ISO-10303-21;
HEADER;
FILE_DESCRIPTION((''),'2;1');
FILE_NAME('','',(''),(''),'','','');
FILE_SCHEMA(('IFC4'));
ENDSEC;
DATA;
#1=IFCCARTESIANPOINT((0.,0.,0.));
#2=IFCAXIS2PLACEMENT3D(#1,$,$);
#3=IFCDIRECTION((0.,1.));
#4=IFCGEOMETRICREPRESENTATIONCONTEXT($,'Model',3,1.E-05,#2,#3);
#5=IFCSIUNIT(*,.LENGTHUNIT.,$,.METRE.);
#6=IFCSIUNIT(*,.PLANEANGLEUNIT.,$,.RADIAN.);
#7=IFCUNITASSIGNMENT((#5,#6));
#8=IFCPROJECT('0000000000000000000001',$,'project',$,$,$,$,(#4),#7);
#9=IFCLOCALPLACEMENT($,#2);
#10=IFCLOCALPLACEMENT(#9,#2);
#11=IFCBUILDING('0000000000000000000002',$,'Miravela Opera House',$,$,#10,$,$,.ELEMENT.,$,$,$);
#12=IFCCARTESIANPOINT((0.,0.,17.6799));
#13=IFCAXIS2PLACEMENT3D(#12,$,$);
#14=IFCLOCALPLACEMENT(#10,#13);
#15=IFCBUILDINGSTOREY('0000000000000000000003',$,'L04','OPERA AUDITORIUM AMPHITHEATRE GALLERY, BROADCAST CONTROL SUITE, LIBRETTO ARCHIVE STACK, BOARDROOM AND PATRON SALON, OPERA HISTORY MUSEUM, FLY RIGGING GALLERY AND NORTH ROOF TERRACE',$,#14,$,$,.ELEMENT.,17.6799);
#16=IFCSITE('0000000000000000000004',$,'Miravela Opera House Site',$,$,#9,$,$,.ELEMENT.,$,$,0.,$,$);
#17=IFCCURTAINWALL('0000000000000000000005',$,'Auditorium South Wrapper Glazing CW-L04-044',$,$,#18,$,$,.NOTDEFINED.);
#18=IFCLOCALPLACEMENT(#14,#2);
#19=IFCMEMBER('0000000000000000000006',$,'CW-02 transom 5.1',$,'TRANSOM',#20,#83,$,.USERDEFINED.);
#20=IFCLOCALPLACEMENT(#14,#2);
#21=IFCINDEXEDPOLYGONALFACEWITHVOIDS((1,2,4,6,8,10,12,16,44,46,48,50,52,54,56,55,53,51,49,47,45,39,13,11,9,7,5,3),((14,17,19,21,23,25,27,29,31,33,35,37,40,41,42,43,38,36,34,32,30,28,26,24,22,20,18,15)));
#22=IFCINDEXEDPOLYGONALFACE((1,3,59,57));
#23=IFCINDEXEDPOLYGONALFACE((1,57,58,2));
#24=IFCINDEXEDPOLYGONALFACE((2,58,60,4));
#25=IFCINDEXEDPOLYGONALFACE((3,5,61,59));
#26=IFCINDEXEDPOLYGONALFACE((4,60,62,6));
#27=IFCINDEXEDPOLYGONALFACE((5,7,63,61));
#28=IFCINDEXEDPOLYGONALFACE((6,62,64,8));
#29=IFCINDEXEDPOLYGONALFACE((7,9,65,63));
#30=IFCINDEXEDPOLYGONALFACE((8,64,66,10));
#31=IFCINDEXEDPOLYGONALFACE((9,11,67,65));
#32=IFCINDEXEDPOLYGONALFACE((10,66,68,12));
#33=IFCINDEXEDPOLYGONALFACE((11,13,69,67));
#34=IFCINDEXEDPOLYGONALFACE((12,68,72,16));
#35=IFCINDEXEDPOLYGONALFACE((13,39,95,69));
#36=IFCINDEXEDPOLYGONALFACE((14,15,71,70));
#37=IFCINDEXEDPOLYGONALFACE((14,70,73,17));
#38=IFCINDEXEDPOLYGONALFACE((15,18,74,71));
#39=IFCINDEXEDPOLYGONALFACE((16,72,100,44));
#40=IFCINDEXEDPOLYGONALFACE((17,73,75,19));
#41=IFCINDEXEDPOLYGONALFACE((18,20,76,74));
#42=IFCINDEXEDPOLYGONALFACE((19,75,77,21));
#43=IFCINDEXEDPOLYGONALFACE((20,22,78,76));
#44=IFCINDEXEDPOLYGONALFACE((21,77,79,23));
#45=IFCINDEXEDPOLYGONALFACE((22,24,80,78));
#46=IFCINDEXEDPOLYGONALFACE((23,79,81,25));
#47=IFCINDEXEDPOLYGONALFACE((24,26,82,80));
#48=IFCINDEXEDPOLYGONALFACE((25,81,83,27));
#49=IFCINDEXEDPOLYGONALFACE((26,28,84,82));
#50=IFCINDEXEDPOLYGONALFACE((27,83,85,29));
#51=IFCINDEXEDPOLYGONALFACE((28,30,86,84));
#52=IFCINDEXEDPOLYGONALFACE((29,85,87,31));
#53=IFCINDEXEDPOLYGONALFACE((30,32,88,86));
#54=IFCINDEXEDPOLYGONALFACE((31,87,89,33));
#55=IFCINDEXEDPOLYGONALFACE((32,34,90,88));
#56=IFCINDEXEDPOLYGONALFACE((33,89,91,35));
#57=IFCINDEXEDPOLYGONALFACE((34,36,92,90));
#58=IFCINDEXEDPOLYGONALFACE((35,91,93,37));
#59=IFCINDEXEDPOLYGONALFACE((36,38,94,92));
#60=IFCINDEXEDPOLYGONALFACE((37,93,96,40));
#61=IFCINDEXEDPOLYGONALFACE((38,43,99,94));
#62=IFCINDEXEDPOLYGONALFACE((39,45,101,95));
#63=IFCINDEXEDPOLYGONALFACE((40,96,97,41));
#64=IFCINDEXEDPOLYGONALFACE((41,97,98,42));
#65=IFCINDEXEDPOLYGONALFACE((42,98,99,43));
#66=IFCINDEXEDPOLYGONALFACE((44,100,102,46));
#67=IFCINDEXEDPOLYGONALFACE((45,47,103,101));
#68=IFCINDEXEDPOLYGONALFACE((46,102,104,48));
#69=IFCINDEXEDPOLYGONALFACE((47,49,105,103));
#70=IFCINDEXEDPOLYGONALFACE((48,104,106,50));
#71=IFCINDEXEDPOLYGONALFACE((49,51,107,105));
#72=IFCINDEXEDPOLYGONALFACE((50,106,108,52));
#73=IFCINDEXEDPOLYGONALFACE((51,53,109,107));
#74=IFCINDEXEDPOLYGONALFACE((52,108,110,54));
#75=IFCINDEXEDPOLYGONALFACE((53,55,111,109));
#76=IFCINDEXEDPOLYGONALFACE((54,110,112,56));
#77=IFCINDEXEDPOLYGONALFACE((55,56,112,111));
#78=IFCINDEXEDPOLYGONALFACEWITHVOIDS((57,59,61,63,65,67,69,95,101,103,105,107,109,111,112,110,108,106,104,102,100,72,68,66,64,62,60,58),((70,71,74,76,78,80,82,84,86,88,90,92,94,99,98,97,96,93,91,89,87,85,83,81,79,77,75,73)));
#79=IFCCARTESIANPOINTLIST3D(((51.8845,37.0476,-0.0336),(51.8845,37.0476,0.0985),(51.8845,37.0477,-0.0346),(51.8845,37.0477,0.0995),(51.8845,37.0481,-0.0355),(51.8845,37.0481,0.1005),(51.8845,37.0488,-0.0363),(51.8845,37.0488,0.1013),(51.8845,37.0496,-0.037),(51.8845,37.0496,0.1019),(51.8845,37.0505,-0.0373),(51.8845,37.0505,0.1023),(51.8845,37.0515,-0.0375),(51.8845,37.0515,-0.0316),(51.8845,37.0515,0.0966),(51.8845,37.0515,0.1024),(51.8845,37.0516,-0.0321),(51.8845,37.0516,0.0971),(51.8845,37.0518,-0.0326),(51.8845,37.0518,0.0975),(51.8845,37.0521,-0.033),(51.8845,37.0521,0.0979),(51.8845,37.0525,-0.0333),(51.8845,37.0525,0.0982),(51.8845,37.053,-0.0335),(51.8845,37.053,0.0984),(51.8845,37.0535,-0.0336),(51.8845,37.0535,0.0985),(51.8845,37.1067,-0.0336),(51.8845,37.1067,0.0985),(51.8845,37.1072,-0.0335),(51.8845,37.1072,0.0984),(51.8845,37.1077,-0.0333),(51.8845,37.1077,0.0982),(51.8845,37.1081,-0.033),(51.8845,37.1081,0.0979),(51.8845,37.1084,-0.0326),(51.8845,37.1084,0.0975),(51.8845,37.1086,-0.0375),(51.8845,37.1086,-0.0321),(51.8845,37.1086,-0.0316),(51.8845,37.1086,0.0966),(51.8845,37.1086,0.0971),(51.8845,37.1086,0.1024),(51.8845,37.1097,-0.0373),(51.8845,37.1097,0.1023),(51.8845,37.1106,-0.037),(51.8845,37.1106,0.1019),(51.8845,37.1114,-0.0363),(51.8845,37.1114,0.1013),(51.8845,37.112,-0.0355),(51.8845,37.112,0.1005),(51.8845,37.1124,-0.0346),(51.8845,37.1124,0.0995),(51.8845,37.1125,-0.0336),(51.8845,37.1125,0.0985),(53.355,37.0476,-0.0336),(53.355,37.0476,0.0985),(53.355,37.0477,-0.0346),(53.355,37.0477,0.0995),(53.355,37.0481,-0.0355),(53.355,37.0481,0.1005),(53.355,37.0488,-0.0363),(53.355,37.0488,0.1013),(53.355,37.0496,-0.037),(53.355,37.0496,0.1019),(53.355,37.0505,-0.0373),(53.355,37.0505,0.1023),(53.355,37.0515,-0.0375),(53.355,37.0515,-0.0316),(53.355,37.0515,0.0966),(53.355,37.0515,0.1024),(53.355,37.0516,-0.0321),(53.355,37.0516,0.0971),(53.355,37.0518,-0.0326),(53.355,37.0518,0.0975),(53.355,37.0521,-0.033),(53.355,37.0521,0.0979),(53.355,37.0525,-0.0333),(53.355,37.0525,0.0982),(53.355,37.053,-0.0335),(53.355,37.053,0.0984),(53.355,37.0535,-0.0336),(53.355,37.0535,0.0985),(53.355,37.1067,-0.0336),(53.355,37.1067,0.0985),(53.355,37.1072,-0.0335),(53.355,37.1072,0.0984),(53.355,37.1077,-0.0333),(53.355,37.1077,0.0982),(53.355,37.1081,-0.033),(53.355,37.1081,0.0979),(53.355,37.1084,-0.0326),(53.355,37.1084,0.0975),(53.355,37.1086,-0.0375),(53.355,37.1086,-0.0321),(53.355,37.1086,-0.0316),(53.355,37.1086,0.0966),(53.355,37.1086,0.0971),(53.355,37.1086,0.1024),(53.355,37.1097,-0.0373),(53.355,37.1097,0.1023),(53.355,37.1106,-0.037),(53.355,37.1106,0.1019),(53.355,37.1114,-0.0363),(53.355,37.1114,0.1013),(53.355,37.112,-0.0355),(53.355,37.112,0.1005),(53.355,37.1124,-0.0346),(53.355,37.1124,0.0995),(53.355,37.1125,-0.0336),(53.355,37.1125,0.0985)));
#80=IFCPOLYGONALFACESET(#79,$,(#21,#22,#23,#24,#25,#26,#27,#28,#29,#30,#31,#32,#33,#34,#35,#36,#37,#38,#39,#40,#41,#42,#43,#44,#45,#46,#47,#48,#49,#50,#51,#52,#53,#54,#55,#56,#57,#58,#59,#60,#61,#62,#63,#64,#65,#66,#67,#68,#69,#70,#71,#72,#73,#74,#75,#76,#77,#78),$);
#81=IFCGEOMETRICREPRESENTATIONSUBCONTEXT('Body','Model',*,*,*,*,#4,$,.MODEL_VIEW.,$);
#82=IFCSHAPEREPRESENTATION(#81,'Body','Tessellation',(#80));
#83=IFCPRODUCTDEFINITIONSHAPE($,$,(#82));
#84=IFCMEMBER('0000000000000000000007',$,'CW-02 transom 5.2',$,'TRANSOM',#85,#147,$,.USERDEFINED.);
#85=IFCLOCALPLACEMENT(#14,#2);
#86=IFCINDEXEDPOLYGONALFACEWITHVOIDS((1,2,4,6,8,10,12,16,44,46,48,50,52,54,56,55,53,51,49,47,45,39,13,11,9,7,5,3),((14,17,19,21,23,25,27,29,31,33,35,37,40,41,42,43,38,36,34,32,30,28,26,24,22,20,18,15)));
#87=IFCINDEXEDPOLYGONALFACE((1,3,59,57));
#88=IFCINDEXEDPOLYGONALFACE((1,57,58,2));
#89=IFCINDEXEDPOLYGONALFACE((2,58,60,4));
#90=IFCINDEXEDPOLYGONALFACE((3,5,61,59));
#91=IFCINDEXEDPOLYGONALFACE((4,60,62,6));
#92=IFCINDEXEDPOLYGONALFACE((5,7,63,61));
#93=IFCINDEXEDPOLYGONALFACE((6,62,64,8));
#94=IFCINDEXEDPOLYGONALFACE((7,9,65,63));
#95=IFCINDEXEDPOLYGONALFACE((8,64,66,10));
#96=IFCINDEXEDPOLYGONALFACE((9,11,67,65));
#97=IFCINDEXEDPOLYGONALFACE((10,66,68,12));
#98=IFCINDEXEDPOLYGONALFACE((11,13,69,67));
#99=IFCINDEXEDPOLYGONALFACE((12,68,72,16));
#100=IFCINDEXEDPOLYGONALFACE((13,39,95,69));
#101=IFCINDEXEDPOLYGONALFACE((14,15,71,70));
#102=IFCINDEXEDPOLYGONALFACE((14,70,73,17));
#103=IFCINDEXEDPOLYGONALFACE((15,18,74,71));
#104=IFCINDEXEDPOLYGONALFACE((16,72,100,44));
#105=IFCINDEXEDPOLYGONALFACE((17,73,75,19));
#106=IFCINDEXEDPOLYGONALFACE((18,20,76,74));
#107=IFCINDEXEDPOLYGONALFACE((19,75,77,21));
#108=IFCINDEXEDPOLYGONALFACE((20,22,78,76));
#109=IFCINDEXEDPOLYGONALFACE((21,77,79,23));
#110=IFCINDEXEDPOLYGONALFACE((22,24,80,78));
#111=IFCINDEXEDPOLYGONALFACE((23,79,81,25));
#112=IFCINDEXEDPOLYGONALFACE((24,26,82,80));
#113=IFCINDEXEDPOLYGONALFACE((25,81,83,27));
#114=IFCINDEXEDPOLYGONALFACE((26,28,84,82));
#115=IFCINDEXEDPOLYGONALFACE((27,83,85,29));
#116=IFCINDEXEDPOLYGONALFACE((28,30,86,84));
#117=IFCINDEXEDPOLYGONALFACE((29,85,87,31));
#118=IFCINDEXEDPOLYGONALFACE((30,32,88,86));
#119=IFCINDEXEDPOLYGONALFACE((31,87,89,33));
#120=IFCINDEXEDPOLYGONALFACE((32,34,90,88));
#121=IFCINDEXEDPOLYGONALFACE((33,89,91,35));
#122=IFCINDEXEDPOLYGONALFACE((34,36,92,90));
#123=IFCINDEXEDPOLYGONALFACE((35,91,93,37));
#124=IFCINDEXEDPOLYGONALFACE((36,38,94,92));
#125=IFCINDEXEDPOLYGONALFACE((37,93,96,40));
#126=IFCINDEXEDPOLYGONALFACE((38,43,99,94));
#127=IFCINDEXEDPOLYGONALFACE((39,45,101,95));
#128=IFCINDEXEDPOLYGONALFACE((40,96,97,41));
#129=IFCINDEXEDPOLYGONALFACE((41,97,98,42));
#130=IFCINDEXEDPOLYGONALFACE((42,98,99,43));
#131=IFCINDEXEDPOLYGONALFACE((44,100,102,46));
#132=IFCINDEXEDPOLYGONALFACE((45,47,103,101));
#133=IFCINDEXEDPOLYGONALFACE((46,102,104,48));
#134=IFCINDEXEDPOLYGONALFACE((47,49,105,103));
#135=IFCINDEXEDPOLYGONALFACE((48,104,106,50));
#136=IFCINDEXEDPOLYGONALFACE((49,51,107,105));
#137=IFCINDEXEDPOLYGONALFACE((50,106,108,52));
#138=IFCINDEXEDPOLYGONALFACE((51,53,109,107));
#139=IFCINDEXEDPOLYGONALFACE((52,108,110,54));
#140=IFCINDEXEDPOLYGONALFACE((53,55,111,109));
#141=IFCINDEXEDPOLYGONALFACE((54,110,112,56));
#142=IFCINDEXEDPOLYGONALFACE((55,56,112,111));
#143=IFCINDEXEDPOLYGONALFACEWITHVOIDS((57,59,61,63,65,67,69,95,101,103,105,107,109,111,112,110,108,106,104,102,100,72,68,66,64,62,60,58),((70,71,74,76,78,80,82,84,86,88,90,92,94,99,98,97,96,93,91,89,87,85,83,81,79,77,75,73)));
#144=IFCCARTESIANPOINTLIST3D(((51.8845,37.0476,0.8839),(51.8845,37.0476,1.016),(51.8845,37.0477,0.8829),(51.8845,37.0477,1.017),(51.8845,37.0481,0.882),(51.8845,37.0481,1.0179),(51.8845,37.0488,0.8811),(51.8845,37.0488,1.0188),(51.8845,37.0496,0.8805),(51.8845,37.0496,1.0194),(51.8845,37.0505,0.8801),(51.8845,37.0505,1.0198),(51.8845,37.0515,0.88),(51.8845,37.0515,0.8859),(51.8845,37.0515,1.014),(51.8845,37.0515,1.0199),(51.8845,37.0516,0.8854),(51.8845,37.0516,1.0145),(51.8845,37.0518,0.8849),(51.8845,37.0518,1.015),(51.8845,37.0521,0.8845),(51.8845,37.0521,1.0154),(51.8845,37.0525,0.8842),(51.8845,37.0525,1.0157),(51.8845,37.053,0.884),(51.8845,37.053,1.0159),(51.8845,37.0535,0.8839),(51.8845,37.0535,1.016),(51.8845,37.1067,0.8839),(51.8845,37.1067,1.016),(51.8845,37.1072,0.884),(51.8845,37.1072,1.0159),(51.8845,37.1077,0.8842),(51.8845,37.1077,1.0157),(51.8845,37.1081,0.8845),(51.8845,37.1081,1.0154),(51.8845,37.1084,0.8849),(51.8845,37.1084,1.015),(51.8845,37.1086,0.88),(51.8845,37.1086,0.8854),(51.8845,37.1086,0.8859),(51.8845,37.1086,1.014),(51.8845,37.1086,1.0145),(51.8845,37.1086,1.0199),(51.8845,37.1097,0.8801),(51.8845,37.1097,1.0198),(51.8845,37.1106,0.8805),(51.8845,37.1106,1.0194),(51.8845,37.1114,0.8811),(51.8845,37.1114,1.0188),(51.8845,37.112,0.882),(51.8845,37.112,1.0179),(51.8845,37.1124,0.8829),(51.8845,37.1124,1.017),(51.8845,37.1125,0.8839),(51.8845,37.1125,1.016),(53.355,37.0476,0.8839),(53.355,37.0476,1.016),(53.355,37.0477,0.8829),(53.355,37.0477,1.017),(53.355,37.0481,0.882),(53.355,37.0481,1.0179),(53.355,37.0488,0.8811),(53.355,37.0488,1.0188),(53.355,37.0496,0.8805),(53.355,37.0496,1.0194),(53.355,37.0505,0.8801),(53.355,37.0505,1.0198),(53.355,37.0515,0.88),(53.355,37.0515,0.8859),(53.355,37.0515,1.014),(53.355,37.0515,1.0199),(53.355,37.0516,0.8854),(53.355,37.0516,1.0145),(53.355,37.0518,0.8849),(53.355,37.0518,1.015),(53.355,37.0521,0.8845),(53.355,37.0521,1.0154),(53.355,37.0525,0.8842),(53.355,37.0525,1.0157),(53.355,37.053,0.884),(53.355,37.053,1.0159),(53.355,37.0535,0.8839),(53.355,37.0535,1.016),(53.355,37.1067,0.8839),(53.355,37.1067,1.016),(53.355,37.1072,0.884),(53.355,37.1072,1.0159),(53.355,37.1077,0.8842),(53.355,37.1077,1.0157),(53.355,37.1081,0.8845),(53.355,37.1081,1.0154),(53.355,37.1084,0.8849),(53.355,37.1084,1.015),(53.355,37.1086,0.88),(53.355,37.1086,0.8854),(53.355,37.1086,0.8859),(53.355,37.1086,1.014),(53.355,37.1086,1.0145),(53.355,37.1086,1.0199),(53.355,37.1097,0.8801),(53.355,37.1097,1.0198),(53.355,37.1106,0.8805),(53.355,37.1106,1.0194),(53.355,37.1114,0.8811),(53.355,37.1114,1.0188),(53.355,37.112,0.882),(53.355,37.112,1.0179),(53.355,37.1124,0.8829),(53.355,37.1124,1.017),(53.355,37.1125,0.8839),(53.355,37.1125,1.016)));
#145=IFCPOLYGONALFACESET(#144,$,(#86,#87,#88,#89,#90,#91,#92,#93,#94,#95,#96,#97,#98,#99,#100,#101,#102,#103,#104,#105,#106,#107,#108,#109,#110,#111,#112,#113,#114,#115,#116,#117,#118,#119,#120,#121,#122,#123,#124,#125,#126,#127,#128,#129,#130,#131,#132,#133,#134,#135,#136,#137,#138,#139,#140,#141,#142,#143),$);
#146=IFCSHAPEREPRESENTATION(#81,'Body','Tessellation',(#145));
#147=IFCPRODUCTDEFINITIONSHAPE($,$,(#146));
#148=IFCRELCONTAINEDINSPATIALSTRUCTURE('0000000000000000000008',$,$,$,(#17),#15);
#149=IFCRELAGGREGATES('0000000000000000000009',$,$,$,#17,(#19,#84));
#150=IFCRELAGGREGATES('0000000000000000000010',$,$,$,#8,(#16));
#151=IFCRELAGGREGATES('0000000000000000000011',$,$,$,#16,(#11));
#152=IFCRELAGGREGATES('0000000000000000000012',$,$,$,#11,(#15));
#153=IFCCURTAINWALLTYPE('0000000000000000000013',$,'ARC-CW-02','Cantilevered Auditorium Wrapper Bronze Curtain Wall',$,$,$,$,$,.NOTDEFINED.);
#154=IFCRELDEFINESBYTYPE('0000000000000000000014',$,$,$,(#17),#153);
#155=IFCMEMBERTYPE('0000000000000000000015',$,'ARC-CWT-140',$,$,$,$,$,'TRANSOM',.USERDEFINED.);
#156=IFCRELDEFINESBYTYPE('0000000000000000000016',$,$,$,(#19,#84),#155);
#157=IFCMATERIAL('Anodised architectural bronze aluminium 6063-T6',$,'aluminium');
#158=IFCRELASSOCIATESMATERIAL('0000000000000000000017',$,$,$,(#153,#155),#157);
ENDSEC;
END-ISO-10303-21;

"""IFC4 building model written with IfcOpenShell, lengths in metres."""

from ifc_helpers import new_model, si_unit, direction, frame, origin, origin_2d, place, context, subcontext, project, spatial, hollow_rectangle, extrude, material, material_profile, profile_set, type_object, element, aggregate, save


model = new_model("IFC4")

# Units and contexts
model_context = context("Model", 3, precision=1e-05, world=origin(), true_north=direction((0.0, 1.0)))
body_context = subcontext(model_context, "Body", "Model", "MODEL_VIEW")
ifc_project = project(units=[si_unit("LENGTHUNIT", "METRE"), si_unit("PLANEANGLEUNIT", "RADIAN")], contexts=[model_context])

# Site, building, storey
site_placement = place(None, origin())
site = spatial("IfcSite", under=ifc_project, at=site_placement, Name="Miravela Opera House Site", CompositionType="ELEMENT", RefElevation=0.0)
building_placement = place(site_placement, origin())
building = spatial("IfcBuilding", under=site, at=building_placement, Name="Miravela Opera House", CompositionType="ELEMENT")
storey_placement = place(building_placement, frame((0.0, 0.0, 17.6799)))
storey = spatial("IfcBuildingStorey", under=building, at=storey_placement, Name="L04", Description="OPERA AUDITORIUM AMPHITHEATRE GALLERY, BROADCAST CONTROL SUITE, LIBRETTO ARCHIVE STACK, BOARDROOM AND PATRON SALON, OPERA HISTORY MUSEUM, FLY RIGGING GALLERY AND NORTH ROOF TERRACE", CompositionType="ELEMENT", Elevation=17.6799)

# Curtain wall, members
ifc_material_1 = material(Name="Anodised architectural bronze aluminium 6063-T6", Category="aluminium")
curtain_wall_type = type_object("IfcCurtainWallType", Name="ARC-CW-02", Description="Cantilevered Auditorium Wrapper Bronze Curtain Wall", PredefinedType="NOTDEFINED", material=ifc_material_1)
curtain_wall_placement = place(storey_placement, origin())
curtain_wall = element("IfcCurtainWall", 1, at=curtain_wall_placement, inside=storey, type_object=curtain_wall_type, Name="Auditorium South Wrapper Glazing CW-L04-044", PredefinedType="NOTDEFINED")
ifc_material_profile_1 = material_profile(ifc_material_1, hollow_rectangle(XDim=0.0649, YDim=0.1399, WallThickness=0.0039, InnerFilletRadius=0.002, OuterFilletRadius=0.0039, at=origin_2d()), Name="CWT-65X140")
ifc_profile_set_1 = profile_set([ifc_material_profile_1])
member_type_1 = type_object("IfcMemberType", Name="ARC-CWT-140", ElementType="TRANSOM", PredefinedType="USERDEFINED", material=ifc_profile_set_1)
member_1_placement = place(storey_placement, frame((51.8845, 37.0801, 0.0325), z_axis=(1.0, 0.0, 0.0), x_axis=(0.0, 1.0, 0.0)))
member_1 = element("IfcMember", 2, at=member_1_placement, type_object=member_type_1, Name="CW-02 transom 5.1", ObjectType="TRANSOM", PredefinedType="USERDEFINED", context=body_context, shape_type="SweptSolid", body=[
    extrude(hollow_rectangle(XDim=0.0649, YDim=0.1399, WallThickness=0.0039, InnerFilletRadius=0.002, OuterFilletRadius=0.0039, at=origin_2d()), origin(), (0.0, 0.0, 1.0), 1.4705),
])
member_2_placement = place(storey_placement, frame((51.8845, 37.0801, 0.95), z_axis=(1.0, 0.0, 0.0), x_axis=(0.0, 1.0, 0.0)))
member_2 = element("IfcMember", 3, at=member_2_placement, type_object=member_type_1, Name="CW-02 transom 5.2", ObjectType="TRANSOM", PredefinedType="USERDEFINED", context=body_context, shape_type="SweptSolid", body=[
    extrude(hollow_rectangle(XDim=0.0649, YDim=0.1399, WallThickness=0.0039, InnerFilletRadius=0.002, OuterFilletRadius=0.0039, at=origin_2d()), origin(), (0.0, 0.0, 1.0), 1.4705),
])

aggregate(curtain_wall, [member_1, member_2])

save(model, "model.ifc")
